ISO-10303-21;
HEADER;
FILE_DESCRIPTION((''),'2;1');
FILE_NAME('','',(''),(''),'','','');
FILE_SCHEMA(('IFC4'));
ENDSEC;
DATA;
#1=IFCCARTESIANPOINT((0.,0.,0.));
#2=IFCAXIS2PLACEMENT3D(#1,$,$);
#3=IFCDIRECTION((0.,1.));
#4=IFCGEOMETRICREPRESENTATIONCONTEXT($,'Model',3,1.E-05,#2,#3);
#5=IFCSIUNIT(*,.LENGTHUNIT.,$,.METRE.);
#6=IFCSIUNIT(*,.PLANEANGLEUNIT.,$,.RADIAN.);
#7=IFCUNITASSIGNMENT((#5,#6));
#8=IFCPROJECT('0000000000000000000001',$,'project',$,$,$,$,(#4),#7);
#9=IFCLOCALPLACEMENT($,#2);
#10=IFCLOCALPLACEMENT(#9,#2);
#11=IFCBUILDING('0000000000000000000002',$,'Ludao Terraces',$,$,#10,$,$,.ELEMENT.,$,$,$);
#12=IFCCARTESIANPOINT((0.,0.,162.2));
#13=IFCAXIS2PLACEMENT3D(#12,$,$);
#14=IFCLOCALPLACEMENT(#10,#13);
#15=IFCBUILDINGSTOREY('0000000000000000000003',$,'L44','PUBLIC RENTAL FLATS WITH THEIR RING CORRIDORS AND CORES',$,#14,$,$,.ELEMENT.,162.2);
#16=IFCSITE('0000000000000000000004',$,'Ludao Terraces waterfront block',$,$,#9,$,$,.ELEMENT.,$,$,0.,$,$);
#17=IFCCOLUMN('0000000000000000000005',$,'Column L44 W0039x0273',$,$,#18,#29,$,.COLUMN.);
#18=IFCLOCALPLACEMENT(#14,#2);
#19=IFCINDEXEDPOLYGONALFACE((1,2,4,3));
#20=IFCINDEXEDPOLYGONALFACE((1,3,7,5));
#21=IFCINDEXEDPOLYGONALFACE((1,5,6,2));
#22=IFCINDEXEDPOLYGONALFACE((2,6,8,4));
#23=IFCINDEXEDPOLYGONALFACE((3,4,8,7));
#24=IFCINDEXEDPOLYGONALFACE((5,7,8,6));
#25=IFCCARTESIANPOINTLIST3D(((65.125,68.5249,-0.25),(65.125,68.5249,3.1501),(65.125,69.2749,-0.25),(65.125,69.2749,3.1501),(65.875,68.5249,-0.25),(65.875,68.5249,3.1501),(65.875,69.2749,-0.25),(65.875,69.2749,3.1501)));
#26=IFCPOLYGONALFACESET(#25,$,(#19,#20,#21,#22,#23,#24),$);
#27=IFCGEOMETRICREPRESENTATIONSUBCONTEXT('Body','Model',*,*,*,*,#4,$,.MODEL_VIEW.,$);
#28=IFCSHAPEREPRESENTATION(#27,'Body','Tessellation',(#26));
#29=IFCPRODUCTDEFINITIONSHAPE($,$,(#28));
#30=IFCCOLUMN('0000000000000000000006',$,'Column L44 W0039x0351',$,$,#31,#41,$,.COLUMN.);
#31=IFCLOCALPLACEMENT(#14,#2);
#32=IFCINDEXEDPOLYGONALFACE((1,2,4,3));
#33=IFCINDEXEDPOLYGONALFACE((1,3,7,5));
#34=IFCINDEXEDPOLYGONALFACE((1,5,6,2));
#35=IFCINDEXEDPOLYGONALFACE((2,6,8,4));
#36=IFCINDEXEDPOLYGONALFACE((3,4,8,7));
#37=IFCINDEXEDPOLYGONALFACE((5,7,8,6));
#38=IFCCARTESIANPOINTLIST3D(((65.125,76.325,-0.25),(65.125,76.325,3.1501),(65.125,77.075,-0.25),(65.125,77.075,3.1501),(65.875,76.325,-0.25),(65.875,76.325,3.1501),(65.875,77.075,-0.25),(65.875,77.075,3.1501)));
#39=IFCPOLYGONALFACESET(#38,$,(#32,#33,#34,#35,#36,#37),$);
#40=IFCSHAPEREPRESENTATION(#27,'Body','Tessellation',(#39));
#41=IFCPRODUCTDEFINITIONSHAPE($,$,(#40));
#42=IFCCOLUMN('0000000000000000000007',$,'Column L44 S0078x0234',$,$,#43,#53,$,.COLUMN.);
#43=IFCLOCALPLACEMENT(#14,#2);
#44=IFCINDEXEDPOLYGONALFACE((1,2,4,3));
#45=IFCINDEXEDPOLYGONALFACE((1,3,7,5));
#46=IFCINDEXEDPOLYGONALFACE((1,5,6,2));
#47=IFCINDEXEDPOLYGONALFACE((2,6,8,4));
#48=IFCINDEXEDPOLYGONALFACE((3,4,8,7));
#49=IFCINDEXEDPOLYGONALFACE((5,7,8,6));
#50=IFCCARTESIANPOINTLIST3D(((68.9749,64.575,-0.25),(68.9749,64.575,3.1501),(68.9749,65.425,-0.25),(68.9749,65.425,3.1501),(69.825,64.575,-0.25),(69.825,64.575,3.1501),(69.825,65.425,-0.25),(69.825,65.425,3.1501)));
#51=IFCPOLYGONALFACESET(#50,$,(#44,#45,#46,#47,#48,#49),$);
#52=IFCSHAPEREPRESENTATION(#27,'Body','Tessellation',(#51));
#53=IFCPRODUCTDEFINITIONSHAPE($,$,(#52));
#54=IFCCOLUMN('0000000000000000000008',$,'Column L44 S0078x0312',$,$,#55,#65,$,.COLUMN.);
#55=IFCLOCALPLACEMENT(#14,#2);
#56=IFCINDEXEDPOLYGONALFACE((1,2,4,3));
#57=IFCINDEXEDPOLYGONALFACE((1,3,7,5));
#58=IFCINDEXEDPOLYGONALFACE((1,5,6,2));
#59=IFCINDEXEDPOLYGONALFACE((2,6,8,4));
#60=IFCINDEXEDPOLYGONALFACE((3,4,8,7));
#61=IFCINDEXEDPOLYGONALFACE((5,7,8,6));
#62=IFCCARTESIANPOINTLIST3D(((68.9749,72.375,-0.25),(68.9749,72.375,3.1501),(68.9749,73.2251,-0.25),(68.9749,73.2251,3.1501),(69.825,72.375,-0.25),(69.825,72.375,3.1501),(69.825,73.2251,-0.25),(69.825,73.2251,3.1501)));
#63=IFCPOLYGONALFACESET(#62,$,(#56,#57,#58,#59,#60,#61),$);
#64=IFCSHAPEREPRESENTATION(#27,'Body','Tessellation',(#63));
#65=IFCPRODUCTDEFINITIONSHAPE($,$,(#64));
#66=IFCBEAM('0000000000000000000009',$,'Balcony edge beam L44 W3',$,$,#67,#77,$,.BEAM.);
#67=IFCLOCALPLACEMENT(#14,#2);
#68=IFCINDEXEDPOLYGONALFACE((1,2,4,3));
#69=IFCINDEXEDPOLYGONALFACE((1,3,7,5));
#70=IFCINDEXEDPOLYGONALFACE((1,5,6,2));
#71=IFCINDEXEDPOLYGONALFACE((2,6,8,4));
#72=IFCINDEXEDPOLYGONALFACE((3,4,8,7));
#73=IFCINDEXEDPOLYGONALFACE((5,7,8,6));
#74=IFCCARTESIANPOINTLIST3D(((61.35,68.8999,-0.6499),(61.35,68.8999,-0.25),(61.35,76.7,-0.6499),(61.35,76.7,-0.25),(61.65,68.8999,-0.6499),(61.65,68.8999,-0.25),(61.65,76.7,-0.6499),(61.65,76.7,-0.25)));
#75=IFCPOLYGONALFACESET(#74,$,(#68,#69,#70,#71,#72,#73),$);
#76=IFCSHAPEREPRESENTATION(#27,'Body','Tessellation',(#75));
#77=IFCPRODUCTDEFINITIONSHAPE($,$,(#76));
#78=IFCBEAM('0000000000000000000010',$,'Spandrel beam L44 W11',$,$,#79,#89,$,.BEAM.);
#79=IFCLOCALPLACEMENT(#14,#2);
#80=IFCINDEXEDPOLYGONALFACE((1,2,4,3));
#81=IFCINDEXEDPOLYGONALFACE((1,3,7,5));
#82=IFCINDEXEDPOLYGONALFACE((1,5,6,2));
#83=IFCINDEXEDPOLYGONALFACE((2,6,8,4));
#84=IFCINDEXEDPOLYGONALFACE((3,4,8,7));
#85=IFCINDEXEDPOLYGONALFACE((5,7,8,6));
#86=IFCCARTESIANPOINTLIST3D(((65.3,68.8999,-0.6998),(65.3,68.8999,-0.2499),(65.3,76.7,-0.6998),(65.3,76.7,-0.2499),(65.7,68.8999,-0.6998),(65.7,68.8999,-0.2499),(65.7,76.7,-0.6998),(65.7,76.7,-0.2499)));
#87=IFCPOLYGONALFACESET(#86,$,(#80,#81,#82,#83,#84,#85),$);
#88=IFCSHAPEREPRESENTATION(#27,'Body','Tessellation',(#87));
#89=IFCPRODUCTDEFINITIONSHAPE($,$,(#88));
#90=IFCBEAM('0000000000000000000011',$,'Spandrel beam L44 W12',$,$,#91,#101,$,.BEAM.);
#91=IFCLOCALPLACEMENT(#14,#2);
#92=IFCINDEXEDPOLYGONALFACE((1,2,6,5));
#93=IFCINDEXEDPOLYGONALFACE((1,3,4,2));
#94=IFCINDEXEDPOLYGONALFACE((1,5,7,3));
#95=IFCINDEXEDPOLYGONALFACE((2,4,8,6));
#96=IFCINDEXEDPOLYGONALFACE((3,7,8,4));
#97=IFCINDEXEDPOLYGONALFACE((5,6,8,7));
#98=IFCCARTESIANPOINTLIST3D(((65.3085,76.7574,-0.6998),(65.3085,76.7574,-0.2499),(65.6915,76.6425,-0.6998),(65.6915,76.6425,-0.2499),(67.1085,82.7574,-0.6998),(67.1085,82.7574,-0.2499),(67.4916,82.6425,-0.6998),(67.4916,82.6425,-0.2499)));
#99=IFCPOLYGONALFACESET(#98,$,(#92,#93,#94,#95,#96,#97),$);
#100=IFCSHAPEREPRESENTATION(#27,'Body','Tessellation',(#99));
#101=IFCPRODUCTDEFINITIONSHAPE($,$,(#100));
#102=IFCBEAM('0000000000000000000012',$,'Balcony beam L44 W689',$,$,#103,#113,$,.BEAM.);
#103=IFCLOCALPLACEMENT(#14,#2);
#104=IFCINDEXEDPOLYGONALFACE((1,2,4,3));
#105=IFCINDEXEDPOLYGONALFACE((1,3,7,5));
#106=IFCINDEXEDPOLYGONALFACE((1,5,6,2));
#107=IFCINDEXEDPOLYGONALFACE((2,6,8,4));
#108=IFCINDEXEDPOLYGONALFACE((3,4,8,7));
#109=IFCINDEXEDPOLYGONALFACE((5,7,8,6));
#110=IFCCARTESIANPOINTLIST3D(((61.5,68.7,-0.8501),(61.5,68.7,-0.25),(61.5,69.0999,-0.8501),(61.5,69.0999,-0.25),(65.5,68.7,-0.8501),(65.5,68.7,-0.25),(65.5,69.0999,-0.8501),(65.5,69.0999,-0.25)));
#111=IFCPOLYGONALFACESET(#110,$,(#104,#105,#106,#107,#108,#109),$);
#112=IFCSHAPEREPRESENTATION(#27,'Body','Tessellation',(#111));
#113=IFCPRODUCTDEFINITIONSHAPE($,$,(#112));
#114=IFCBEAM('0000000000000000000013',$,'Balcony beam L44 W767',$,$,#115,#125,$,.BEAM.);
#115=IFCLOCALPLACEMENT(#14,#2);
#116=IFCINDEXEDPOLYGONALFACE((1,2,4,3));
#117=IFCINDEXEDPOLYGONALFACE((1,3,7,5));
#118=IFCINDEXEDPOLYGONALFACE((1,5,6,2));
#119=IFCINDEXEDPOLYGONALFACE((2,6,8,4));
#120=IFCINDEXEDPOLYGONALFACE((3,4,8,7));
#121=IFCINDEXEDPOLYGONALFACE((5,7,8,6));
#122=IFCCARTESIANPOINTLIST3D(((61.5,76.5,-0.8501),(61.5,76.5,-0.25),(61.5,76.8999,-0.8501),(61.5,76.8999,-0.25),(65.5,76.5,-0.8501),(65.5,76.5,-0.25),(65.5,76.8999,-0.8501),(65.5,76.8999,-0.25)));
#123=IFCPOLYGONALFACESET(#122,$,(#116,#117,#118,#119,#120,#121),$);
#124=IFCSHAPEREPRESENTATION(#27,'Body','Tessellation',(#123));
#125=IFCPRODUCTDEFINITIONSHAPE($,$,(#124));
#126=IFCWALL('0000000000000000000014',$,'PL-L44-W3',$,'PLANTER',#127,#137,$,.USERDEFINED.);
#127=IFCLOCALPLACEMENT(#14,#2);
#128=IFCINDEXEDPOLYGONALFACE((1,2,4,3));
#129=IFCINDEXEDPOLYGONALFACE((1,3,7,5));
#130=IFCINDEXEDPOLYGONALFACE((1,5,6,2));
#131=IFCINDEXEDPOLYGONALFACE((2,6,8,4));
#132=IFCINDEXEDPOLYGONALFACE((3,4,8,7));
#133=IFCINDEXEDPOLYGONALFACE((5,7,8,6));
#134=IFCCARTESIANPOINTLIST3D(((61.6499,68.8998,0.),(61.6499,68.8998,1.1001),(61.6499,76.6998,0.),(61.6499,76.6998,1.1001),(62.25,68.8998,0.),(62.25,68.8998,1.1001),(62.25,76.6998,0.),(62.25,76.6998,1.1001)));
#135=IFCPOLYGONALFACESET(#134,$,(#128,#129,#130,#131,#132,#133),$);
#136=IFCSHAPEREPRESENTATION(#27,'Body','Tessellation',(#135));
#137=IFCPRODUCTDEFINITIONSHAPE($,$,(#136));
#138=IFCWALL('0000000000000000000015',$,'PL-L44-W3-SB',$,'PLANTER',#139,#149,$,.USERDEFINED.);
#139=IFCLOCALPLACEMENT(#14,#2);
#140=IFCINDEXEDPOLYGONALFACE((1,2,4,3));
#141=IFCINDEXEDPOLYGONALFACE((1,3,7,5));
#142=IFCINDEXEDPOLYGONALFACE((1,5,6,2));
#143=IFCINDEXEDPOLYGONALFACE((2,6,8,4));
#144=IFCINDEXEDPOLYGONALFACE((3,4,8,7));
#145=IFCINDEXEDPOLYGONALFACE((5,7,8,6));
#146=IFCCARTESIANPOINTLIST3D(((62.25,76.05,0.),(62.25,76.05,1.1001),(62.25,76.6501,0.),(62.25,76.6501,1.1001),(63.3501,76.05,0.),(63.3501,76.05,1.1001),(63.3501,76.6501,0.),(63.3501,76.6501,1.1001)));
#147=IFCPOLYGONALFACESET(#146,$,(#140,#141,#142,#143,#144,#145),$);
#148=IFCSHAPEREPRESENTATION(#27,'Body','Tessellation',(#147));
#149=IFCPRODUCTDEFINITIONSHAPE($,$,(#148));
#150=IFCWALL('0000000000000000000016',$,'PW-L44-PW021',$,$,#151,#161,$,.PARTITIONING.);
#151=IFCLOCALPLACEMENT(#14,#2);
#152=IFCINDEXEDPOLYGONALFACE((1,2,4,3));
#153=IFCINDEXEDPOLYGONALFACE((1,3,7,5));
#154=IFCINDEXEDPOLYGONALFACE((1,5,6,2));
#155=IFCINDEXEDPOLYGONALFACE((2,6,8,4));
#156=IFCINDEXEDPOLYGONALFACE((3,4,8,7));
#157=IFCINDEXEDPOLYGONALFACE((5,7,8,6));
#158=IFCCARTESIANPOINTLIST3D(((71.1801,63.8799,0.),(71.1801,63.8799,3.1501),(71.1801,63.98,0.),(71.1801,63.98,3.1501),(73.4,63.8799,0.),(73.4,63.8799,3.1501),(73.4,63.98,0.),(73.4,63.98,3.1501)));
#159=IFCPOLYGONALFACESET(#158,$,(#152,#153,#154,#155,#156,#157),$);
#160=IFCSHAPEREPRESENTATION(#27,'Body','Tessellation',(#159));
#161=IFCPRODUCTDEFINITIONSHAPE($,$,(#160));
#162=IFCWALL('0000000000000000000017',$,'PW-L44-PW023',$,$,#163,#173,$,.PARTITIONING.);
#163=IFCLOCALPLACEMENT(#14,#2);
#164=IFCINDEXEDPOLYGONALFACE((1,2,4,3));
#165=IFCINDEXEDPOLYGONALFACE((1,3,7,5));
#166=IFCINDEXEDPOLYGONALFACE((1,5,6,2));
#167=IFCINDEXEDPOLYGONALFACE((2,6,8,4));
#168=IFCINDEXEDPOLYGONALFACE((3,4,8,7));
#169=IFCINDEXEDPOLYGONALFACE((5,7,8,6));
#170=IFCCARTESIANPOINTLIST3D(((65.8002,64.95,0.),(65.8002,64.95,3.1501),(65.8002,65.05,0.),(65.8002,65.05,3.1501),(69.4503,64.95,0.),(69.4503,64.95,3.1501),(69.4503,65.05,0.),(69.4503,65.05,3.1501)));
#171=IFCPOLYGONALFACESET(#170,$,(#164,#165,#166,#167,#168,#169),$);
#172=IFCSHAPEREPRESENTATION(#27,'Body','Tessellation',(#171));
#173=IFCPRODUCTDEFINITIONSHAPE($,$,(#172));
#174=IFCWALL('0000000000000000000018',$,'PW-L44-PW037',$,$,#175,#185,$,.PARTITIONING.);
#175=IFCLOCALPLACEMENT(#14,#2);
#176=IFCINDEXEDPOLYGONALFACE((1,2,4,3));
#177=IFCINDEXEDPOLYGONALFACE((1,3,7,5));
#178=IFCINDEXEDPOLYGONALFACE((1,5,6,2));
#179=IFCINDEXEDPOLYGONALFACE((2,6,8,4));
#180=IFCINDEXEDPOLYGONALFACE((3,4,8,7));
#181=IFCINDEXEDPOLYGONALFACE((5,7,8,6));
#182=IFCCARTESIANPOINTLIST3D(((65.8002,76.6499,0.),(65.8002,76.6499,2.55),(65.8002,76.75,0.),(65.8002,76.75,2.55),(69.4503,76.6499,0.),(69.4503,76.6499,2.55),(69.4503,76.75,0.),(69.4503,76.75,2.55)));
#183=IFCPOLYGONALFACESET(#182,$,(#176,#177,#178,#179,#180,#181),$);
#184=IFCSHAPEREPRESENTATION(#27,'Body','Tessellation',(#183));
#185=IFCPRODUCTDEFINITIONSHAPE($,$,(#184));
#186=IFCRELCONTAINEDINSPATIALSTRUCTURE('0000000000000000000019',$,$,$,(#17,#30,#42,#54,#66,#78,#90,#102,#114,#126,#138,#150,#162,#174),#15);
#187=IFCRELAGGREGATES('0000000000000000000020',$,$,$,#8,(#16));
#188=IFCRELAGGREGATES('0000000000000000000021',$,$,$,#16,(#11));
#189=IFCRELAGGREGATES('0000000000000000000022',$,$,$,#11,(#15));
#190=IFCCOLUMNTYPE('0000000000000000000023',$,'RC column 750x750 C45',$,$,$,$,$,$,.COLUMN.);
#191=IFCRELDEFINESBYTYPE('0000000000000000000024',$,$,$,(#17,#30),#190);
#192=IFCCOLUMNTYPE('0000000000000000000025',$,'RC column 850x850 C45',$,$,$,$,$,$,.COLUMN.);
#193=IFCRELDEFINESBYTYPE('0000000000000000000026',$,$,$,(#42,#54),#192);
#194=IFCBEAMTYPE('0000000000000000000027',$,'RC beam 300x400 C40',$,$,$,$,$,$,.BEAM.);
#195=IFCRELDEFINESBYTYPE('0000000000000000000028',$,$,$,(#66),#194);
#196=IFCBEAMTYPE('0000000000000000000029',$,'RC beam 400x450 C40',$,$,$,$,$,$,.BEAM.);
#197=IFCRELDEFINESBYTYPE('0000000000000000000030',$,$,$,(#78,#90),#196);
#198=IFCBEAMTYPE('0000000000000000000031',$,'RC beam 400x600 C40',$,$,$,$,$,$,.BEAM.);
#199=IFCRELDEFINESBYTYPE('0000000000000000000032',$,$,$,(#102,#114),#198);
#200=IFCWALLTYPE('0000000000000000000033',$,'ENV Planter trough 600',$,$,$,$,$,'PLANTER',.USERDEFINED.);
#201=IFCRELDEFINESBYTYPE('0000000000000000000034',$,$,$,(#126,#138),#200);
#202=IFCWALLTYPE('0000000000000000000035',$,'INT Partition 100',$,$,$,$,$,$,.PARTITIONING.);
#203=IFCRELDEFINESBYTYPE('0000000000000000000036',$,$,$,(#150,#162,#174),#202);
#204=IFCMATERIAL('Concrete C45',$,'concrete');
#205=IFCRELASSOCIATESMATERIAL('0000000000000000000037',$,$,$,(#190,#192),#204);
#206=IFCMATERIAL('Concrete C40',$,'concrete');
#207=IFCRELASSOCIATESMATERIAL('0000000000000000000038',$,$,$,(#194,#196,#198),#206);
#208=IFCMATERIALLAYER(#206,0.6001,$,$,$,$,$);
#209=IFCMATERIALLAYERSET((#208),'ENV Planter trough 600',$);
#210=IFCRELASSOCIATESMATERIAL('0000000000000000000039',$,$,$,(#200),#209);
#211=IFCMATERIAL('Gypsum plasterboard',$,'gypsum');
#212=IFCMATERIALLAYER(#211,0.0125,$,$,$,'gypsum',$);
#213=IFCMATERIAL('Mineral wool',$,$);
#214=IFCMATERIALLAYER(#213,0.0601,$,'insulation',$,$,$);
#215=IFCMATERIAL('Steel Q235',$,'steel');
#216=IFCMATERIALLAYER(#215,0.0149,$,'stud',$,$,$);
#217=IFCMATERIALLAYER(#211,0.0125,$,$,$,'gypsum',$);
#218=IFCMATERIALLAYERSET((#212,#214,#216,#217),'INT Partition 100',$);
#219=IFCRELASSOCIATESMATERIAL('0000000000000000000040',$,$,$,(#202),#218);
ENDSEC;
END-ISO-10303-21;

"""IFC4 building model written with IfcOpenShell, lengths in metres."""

from ifc_helpers import new_model, si_unit, direction, frame, frame_2d, origin, origin_2d, place, context, subcontext, project, spatial, rectangle, extrude, material, layer, layer_set, material_profile, profile_set, type_object, element, save


model = new_model("IFC4")

# Units and contexts
model_context = context("Model", 3, precision=1e-05, world=origin(), true_north=direction((0.0, 1.0)))
body_context = subcontext(model_context, "Body", "Model", "MODEL_VIEW")
ifc_project = project(units=[si_unit("LENGTHUNIT", "METRE"), si_unit("PLANEANGLEUNIT", "RADIAN")], contexts=[model_context])

# Site, building, storey
site_placement = place(None, origin())
site = spatial("IfcSite", under=ifc_project, at=site_placement, Name="Ludao Terraces waterfront block", CompositionType="ELEMENT", RefElevation=0.0)
building_placement = place(site_placement, origin())
building = spatial("IfcBuilding", under=site, at=building_placement, Name="Ludao Terraces", CompositionType="ELEMENT")
storey_placement = place(building_placement, frame((0.0, 0.0, 162.2)))
storey = spatial("IfcBuildingStorey", under=building, at=storey_placement, Name="L44", Description="PUBLIC RENTAL FLATS WITH THEIR RING CORRIDORS AND CORES", CompositionType="ELEMENT", Elevation=162.2)

# Columns
ifc_material_1 = material(Name="Concrete C45", Category="concrete")
ifc_material_profile_1 = material_profile(ifc_material_1, rectangle(XDim=0.75, YDim=0.75, at=origin_2d()), Name="750 X 750")
ifc_profile_set_1 = profile_set([ifc_material_profile_1], Name="Concrete C45")
column_type_1 = type_object("IfcColumnType", Name="RC column 750x750 C45", PredefinedType="COLUMN", material=ifc_profile_set_1)
for number, where, z_axis, x_axis, name in (
    (1, (65.5, 68.8999, -0.25), (0.0, 0.0, 1.0), (1.0, 0.0, 0.0), "Column L44 W0039x0273"),
    (2, (65.5, 76.7, -0.25), (0.0, 0.0, 1.0), (1.0, 0.0, 0.0), "Column L44 W0039x0351"),
):
    element("IfcColumn", number, at=place(storey_placement, frame(where, z_axis=z_axis, x_axis=x_axis)), inside=storey, type_object=column_type_1, Name=name, PredefinedType="COLUMN", context=body_context, shape_type="SweptSolid", body=[
        extrude(rectangle(XDim=0.75, YDim=0.75, at=origin_2d()), origin(), (0.0, 0.0, 1.0), 3.4001),
    ])
ifc_material_profile_2 = material_profile(ifc_material_1, rectangle(XDim=0.8501, YDim=0.8501, at=origin_2d()), Name="850 X 850")
ifc_profile_set_2 = profile_set([ifc_material_profile_2], Name="Concrete C45")
column_type_2 = type_object("IfcColumnType", Name="RC column 850x850 C45", PredefinedType="COLUMN", material=ifc_profile_set_2)
for number, where, z_axis, x_axis, name in (
    (3, (69.3999, 65.0, -0.25), (0.0, 0.0, 1.0), (1.0, 0.0, 0.0), "Column L44 S0078x0234"),
    (4, (69.3999, 72.8, -0.25), (0.0, 0.0, 1.0), (1.0, 0.0, 0.0), "Column L44 S0078x0312"),
):
    element("IfcColumn", number, at=place(storey_placement, frame(where, z_axis=z_axis, x_axis=x_axis)), inside=storey, type_object=column_type_2, Name=name, PredefinedType="COLUMN", context=body_context, shape_type="SweptSolid", body=[
        extrude(rectangle(XDim=0.8501, YDim=0.8501, at=origin_2d()), origin(), (0.0, 0.0, 1.0), 3.4001),
    ])

# Beams
ifc_material_2 = material(Name="Concrete C40", Category="concrete")
ifc_material_profile_3 = material_profile(ifc_material_2, rectangle(XDim=0.3, YDim=0.3999, at=origin_2d()), Name="300 X 400")
ifc_profile_set_3 = profile_set([ifc_material_profile_3], Name="Concrete C40")
beam_type_1 = type_object("IfcBeamType", Name="RC beam 300x400 C40", PredefinedType="BEAM", material=ifc_profile_set_3)
beam_1_placement = place(storey_placement, frame((61.5, 68.8999, -0.45), z_axis=(0.0, 1.0, 0.0), x_axis=(-1.0, 0.0, 0.0)))
element("IfcBeam", 5, at=beam_1_placement, inside=storey, type_object=beam_type_1, Name="Balcony edge beam L44 W3", PredefinedType="BEAM", context=body_context, shape_type="SweptSolid", body=[
    extrude(rectangle(XDim=0.3, YDim=0.3999, at=origin_2d()), origin(), (0.0, 0.0, 1.0), 7.8),
])
ifc_material_profile_4 = material_profile(ifc_material_2, rectangle(XDim=0.3999, YDim=0.45, at=origin_2d()), Name="400 X 450")
ifc_profile_set_4 = profile_set([ifc_material_profile_4], Name="Concrete C40")
beam_type_2 = type_object("IfcBeamType", Name="RC beam 400x450 C40", PredefinedType="BEAM", material=ifc_profile_set_4)
beam_2_placement = place(storey_placement, frame((65.5, 68.8999, -0.4749), z_axis=(0.0, 1.0, 0.0), x_axis=(-1.0, 0.0, 0.0)))
element("IfcBeam", 6, at=beam_2_placement, inside=storey, type_object=beam_type_2, Name="Spandrel beam L44 W11", PredefinedType="BEAM", context=body_context, shape_type="SweptSolid", body=[
    extrude(rectangle(XDim=0.3999, YDim=0.45, at=origin_2d()), origin(), (0.0, 0.0, 1.0), 7.8),
])
beam_3_placement = place(storey_placement, frame((65.5, 76.7, -0.4749), z_axis=(0.287355, 0.957824, 0.0), x_axis=(-0.957824, 0.287355, 0.0)))
element("IfcBeam", 7, at=beam_3_placement, inside=storey, type_object=beam_type_2, Name="Spandrel beam L44 W12", PredefinedType="BEAM", context=body_context, shape_type="SweptSolid", body=[
    extrude(rectangle(XDim=0.3999, YDim=0.45, at=origin_2d()), origin(), (0.0, 0.0, 1.0), 6.2642),
])
ifc_material_profile_5 = material_profile(ifc_material_2, rectangle(XDim=0.3999, YDim=0.6001, at=origin_2d()), Name="400 X 600")
ifc_profile_set_5 = profile_set([ifc_material_profile_5], Name="Concrete C40")
beam_type_3 = type_object("IfcBeamType", Name="RC beam 400x600 C40", PredefinedType="BEAM", material=ifc_profile_set_5)
for number, where, z_axis, x_axis, name in (
    (8, (65.5, 68.8999, -0.55), (-1.0, 0.0, 0.0), (0.0, -1.0, 0.0), "Balcony beam L44 W689"),
    (9, (65.5, 76.7, -0.55), (-1.0, 0.0, 0.0), (0.0, -1.0, 0.0), "Balcony beam L44 W767"),
):
    element("IfcBeam", number, at=place(storey_placement, frame(where, z_axis=z_axis, x_axis=x_axis)), inside=storey, type_object=beam_type_3, Name=name, PredefinedType="BEAM", context=body_context, shape_type="SweptSolid", body=[
        extrude(rectangle(XDim=0.3999, YDim=0.6001, at=origin_2d()), origin(), (0.0, 0.0, 1.0), 4.0),
    ])

# Walls
ifc_layer_1 = layer(ifc_material_2, 0.6001)
ifc_layer_set_1 = layer_set([ifc_layer_1], Name="ENV Planter trough 600")
wall_type_1 = type_object("IfcWallType", Name="ENV Planter trough 600", ElementType="PLANTER", PredefinedType="USERDEFINED", material=ifc_layer_set_1)
wall_1_placement = place(storey_placement, frame((61.95, 68.8999, 0.0), z_axis=(0.0, 0.0, 1.0), x_axis=(0.0, 1.0, 0.0)))
element("IfcWall", 10, at=wall_1_placement, inside=storey, type_object=wall_type_1, Name="PL-L44-W3", ObjectType="PLANTER", PredefinedType="USERDEFINED", context=body_context, shape_type="SweptSolid", body=[
    extrude(rectangle(XDim=7.8, YDim=0.6001, at=frame_2d((3.8999, 0.0))), origin(), (0.0, 0.0, 1.0), 1.1001),
])
wall_2_placement = place(storey_placement, frame((62.25, 76.3501, 0.0), z_axis=(0.0, 0.0, 1.0), x_axis=(1.0, 0.0, 0.0)))
element("IfcWall", 11, at=wall_2_placement, inside=storey, type_object=wall_type_1, Name="PL-L44-W3-SB", ObjectType="PLANTER", PredefinedType="USERDEFINED", context=body_context, shape_type="SweptSolid", body=[
    extrude(rectangle(XDim=1.1001, YDim=0.6001, at=frame_2d((0.55, 0.0))), origin(), (0.0, 0.0, 1.0), 1.1001),
])

# Shared definitions
ifc_material_3 = material(Name="Mineral wool")

# Walls
ifc_material_4 = material(Name="Gypsum plasterboard", Category="gypsum")
ifc_layer_2 = layer(ifc_material_4, 0.0125, Category="gypsum")
ifc_layer_3 = layer(ifc_material_3, 0.0601, Name="insulation")
ifc_material_5 = material(Name="Steel Q235", Category="steel")
ifc_layer_4 = layer(ifc_material_5, 0.0149, Name="stud")
ifc_layer_5 = layer(ifc_material_4, 0.0125, Category="gypsum")
ifc_layer_set_2 = layer_set([ifc_layer_2, ifc_layer_3, ifc_layer_4, ifc_layer_5], Name="INT Partition 100")
wall_type_2 = type_object("IfcWallType", Name="INT Partition 100", PredefinedType="PARTITIONING", material=ifc_layer_set_2)
wall_3_placement = place(storey_placement, frame((71.1802, 63.9299, 0.0), z_axis=(0.0, 0.0, 1.0), x_axis=(1.0, 0.0, 0.0)))
element("IfcWall", 12, at=wall_3_placement, inside=storey, type_object=wall_type_2, Name="PW-L44-PW021", PredefinedType="PARTITIONING", context=body_context, shape_type="SweptSolid", body=[
    extrude(rectangle(XDim=2.22, YDim=0.1001, at=frame_2d((1.1099, 0.0))), origin(), (0.0, 0.0, 1.0), 3.1501),
])
wall_4_placement = place(storey_placement, frame((65.8, 65.0, 0.0), z_axis=(0.0, 0.0, 1.0), x_axis=(1.0, 0.0, 0.0)))
element("IfcWall", 13, at=wall_4_placement, inside=storey, type_object=wall_type_2, Name="PW-L44-PW023", PredefinedType="PARTITIONING", context=body_context, shape_type="SweptSolid", body=[
    extrude(rectangle(XDim=3.6501, YDim=0.1001, at=frame_2d((1.8252, 0.0))), origin(), (0.0, 0.0, 1.0), 3.1501),
])
wall_5_placement = place(storey_placement, frame((65.8, 76.7, 0.0), z_axis=(0.0, 0.0, 1.0), x_axis=(1.0, 0.0, 0.0)))
element("IfcWall", 14, at=wall_5_placement, inside=storey, type_object=wall_type_2, Name="PW-L44-PW037", PredefinedType="PARTITIONING", context=body_context, shape_type="SweptSolid", body=[
    extrude(rectangle(XDim=3.6501, YDim=0.1001, at=frame_2d((1.8252, 0.0))), origin(), (0.0, 0.0, 1.0), 2.55),
])

save(model, "model.ifc")
